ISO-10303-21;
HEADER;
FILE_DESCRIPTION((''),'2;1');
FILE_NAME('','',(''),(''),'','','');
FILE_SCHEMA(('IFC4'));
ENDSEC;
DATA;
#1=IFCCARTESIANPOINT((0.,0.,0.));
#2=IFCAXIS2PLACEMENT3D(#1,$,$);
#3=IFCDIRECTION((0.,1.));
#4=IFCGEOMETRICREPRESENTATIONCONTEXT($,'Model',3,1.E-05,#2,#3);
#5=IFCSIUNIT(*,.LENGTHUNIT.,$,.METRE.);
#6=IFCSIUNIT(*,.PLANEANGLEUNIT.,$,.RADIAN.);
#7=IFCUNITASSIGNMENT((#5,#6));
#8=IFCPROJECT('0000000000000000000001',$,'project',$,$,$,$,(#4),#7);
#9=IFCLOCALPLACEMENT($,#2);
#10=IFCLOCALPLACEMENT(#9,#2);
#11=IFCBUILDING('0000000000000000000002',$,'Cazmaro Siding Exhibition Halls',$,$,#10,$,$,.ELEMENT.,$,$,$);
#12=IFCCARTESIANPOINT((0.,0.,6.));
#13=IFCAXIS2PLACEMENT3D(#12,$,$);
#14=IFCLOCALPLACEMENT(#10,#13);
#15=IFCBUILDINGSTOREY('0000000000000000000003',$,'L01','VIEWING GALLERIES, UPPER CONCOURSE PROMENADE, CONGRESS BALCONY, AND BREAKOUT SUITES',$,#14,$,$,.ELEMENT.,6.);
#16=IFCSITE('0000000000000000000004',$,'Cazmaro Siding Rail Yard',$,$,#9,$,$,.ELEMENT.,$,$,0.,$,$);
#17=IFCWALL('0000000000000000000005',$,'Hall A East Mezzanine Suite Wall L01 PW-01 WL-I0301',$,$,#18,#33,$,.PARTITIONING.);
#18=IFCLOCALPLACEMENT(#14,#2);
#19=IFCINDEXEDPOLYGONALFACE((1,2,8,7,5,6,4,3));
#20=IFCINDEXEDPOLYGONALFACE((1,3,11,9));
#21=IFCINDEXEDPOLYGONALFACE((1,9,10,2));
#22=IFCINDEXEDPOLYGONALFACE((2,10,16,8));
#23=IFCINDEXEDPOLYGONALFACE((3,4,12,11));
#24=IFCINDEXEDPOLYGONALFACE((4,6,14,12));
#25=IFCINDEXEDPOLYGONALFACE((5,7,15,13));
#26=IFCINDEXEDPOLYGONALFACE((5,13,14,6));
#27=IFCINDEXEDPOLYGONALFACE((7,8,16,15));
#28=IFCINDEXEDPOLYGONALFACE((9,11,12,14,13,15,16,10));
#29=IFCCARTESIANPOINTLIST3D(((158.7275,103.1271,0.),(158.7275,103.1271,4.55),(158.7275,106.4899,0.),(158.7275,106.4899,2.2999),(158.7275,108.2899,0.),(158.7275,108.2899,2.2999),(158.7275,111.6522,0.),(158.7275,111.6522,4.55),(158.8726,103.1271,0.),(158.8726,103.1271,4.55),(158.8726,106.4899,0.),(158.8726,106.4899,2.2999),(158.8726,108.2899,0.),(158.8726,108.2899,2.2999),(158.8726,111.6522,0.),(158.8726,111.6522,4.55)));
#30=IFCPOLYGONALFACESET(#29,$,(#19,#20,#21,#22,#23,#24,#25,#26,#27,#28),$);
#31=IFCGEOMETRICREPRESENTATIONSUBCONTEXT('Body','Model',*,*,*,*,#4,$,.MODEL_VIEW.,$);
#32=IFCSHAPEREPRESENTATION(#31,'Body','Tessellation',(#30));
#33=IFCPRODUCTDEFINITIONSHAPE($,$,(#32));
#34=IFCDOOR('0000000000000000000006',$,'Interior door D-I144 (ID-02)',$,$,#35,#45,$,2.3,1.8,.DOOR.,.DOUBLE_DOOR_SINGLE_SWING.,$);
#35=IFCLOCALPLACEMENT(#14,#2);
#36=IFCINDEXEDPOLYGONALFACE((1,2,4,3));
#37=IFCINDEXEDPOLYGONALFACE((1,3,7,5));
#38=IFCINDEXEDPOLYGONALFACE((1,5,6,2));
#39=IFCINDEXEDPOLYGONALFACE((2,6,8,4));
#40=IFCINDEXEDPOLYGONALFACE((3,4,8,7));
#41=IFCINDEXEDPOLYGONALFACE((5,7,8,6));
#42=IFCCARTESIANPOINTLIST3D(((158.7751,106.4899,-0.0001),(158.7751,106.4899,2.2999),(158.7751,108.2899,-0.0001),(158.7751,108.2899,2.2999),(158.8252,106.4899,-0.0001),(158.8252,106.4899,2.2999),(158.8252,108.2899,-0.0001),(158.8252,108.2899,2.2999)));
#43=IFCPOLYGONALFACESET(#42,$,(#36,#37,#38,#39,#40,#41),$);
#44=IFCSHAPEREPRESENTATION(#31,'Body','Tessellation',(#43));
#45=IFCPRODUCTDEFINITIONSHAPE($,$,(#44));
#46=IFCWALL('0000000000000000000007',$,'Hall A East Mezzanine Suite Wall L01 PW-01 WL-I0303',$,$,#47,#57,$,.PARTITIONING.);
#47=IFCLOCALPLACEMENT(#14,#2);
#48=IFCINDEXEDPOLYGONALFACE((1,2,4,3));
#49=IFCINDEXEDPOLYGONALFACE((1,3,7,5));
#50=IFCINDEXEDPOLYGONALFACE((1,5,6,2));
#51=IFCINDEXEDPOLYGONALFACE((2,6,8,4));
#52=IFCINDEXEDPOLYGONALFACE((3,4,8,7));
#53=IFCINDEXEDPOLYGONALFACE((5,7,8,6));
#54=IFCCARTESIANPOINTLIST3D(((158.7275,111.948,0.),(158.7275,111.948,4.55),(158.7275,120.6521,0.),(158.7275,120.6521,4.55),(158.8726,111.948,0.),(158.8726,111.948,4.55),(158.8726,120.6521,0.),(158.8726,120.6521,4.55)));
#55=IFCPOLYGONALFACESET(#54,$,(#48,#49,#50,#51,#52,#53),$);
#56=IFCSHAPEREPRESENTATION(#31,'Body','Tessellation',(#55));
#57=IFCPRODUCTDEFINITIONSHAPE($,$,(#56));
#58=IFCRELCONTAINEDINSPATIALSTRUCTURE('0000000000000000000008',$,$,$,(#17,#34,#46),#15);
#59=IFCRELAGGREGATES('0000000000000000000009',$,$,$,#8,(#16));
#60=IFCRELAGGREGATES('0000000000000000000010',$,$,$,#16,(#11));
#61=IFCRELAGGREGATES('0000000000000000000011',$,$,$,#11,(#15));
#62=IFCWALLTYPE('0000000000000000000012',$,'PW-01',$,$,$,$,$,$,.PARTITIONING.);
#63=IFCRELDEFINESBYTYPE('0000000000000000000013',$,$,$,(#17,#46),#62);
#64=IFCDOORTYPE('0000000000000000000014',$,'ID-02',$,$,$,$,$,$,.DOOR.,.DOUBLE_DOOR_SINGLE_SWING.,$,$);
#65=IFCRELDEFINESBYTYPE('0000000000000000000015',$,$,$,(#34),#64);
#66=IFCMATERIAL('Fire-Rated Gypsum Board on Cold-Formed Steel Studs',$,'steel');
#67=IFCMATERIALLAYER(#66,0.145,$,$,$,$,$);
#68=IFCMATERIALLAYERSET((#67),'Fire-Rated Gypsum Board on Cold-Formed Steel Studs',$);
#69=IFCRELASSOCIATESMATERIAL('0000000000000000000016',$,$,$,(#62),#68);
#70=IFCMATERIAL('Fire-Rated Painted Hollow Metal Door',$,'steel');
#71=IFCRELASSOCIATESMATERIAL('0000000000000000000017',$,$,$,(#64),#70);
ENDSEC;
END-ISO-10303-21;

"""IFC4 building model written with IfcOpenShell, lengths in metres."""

from ifc_helpers import new_model, si_unit, direction, frame, frame_2d, origin, place, context, subcontext, project, spatial, rectangle, extrude, material, layer, layer_set, type_object, element, fill, save


model = new_model("IFC4")

# Units and contexts
model_context = context("Model", 3, precision=1e-05, world=origin(), true_north=direction((0.0, 1.0)))
body_context = subcontext(model_context, "Body", "Model", "MODEL_VIEW")
ifc_project = project(units=[si_unit("LENGTHUNIT", "METRE"), si_unit("PLANEANGLEUNIT", "RADIAN")], contexts=[model_context])

# Site, building, storey
site_placement = place(None, origin())
site = spatial("IfcSite", under=ifc_project, at=site_placement, Name="Cazmaro Siding Rail Yard", CompositionType="ELEMENT", RefElevation=0.0)
building_placement = place(site_placement, origin())
building = spatial("IfcBuilding", under=site, at=building_placement, Name="Cazmaro Siding Exhibition Halls", CompositionType="ELEMENT")
storey_placement = place(building_placement, frame((0.0, 0.0, 6.0)))
storey = spatial("IfcBuildingStorey", under=building, at=storey_placement, Name="L01", Description="VIEWING GALLERIES, UPPER CONCOURSE PROMENADE, CONGRESS BALCONY, AND BREAKOUT SUITES", CompositionType="ELEMENT", Elevation=6.0)

# Wall, opening, door
ifc_material_1 = material(Name="Fire-Rated Gypsum Board on Cold-Formed Steel Studs", Category="steel")
ifc_layer_1 = layer(ifc_material_1, 0.145)
ifc_layer_set_1 = layer_set([ifc_layer_1], Name="Fire-Rated Gypsum Board on Cold-Formed Steel Studs")
wall_type = type_object("IfcWallType", Name="PW-01", PredefinedType="PARTITIONING", material=ifc_layer_set_1)
wall_1_placement = place(storey_placement, frame((158.8, 103.127, 0.0), z_axis=(0.0, 0.0, 1.0), x_axis=(0.0, 1.0, 0.0)))
wall_1 = element("IfcWall", 1, at=wall_1_placement, inside=storey, type_object=wall_type, Name="Hall A East Mezzanine Suite Wall L01 PW-01 WL-I0301", PredefinedType="PARTITIONING", context=body_context, shape_type="SweptSolid", body=[
    extrude(rectangle(XDim=8.5251, YDim=0.145, at=frame_2d((4.2627, 0.0))), origin(), (0.0, 0.0, 1.0), 4.55),
])
opening_placement = place(wall_1_placement, frame((3.363, 0.0, 0.0)))
opening = element("IfcOpeningElement", 2, at=opening_placement, cuts=wall_1, PredefinedType="OPENING", context=body_context, shape_type="SweptSolid", body=[
    extrude(rectangle(XDim=1.8, YDim=2.3, at=frame_2d((0.8999, 1.1499))), frame((0.0, 0.0825, 0.0), z_axis=(0.0, -1.0, 0.0), x_axis=(1.0, 0.0, 0.0)), (0.0, 0.0, 1.0), 0.165),
])
ifc_material_2 = material(Name="Fire-Rated Painted Hollow Metal Door", Category="steel")
door_type = type_object("IfcDoorType", Name="ID-02", OperationType="DOUBLE_DOOR_SINGLE_SWING", PredefinedType="DOOR", material=ifc_material_2)
door_placement = place(opening_placement, origin())
door = element("IfcDoor", 3, at=door_placement, inside=storey, type_object=door_type, Name="Interior door D-I144 (ID-02)", OperationType="DOUBLE_DOOR_SINGLE_SWING", OverallHeight=2.3, OverallWidth=1.8, PredefinedType="DOOR", context=body_context, shape_type="SweptSolid", body=[
    extrude(rectangle(XDim=1.8, YDim=2.3, at=frame_2d((0.8999, 1.1499))), frame((0.0, 0.0249, 0.0), z_axis=(0.0, -1.0, 0.0), x_axis=(1.0, 0.0, 0.0)), (0.0, 0.0, 1.0), 0.05),
])
fill(opening, door)

# Wall
wall_2_placement = place(storey_placement, frame((158.8, 111.948, 0.0), z_axis=(0.0, 0.0, 1.0), x_axis=(0.0, 1.0, 0.0)))
element("IfcWall", 4, at=wall_2_placement, inside=storey, type_object=wall_type, Name="Hall A East Mezzanine Suite Wall L01 PW-01 WL-I0303", PredefinedType="PARTITIONING", context=body_context, shape_type="SweptSolid", body=[
    extrude(rectangle(XDim=8.7041, YDim=0.145, at=frame_2d((4.3521, 0.0))), origin(), (0.0, 0.0, 1.0), 4.55),
])

save(model, "model.ifc")
